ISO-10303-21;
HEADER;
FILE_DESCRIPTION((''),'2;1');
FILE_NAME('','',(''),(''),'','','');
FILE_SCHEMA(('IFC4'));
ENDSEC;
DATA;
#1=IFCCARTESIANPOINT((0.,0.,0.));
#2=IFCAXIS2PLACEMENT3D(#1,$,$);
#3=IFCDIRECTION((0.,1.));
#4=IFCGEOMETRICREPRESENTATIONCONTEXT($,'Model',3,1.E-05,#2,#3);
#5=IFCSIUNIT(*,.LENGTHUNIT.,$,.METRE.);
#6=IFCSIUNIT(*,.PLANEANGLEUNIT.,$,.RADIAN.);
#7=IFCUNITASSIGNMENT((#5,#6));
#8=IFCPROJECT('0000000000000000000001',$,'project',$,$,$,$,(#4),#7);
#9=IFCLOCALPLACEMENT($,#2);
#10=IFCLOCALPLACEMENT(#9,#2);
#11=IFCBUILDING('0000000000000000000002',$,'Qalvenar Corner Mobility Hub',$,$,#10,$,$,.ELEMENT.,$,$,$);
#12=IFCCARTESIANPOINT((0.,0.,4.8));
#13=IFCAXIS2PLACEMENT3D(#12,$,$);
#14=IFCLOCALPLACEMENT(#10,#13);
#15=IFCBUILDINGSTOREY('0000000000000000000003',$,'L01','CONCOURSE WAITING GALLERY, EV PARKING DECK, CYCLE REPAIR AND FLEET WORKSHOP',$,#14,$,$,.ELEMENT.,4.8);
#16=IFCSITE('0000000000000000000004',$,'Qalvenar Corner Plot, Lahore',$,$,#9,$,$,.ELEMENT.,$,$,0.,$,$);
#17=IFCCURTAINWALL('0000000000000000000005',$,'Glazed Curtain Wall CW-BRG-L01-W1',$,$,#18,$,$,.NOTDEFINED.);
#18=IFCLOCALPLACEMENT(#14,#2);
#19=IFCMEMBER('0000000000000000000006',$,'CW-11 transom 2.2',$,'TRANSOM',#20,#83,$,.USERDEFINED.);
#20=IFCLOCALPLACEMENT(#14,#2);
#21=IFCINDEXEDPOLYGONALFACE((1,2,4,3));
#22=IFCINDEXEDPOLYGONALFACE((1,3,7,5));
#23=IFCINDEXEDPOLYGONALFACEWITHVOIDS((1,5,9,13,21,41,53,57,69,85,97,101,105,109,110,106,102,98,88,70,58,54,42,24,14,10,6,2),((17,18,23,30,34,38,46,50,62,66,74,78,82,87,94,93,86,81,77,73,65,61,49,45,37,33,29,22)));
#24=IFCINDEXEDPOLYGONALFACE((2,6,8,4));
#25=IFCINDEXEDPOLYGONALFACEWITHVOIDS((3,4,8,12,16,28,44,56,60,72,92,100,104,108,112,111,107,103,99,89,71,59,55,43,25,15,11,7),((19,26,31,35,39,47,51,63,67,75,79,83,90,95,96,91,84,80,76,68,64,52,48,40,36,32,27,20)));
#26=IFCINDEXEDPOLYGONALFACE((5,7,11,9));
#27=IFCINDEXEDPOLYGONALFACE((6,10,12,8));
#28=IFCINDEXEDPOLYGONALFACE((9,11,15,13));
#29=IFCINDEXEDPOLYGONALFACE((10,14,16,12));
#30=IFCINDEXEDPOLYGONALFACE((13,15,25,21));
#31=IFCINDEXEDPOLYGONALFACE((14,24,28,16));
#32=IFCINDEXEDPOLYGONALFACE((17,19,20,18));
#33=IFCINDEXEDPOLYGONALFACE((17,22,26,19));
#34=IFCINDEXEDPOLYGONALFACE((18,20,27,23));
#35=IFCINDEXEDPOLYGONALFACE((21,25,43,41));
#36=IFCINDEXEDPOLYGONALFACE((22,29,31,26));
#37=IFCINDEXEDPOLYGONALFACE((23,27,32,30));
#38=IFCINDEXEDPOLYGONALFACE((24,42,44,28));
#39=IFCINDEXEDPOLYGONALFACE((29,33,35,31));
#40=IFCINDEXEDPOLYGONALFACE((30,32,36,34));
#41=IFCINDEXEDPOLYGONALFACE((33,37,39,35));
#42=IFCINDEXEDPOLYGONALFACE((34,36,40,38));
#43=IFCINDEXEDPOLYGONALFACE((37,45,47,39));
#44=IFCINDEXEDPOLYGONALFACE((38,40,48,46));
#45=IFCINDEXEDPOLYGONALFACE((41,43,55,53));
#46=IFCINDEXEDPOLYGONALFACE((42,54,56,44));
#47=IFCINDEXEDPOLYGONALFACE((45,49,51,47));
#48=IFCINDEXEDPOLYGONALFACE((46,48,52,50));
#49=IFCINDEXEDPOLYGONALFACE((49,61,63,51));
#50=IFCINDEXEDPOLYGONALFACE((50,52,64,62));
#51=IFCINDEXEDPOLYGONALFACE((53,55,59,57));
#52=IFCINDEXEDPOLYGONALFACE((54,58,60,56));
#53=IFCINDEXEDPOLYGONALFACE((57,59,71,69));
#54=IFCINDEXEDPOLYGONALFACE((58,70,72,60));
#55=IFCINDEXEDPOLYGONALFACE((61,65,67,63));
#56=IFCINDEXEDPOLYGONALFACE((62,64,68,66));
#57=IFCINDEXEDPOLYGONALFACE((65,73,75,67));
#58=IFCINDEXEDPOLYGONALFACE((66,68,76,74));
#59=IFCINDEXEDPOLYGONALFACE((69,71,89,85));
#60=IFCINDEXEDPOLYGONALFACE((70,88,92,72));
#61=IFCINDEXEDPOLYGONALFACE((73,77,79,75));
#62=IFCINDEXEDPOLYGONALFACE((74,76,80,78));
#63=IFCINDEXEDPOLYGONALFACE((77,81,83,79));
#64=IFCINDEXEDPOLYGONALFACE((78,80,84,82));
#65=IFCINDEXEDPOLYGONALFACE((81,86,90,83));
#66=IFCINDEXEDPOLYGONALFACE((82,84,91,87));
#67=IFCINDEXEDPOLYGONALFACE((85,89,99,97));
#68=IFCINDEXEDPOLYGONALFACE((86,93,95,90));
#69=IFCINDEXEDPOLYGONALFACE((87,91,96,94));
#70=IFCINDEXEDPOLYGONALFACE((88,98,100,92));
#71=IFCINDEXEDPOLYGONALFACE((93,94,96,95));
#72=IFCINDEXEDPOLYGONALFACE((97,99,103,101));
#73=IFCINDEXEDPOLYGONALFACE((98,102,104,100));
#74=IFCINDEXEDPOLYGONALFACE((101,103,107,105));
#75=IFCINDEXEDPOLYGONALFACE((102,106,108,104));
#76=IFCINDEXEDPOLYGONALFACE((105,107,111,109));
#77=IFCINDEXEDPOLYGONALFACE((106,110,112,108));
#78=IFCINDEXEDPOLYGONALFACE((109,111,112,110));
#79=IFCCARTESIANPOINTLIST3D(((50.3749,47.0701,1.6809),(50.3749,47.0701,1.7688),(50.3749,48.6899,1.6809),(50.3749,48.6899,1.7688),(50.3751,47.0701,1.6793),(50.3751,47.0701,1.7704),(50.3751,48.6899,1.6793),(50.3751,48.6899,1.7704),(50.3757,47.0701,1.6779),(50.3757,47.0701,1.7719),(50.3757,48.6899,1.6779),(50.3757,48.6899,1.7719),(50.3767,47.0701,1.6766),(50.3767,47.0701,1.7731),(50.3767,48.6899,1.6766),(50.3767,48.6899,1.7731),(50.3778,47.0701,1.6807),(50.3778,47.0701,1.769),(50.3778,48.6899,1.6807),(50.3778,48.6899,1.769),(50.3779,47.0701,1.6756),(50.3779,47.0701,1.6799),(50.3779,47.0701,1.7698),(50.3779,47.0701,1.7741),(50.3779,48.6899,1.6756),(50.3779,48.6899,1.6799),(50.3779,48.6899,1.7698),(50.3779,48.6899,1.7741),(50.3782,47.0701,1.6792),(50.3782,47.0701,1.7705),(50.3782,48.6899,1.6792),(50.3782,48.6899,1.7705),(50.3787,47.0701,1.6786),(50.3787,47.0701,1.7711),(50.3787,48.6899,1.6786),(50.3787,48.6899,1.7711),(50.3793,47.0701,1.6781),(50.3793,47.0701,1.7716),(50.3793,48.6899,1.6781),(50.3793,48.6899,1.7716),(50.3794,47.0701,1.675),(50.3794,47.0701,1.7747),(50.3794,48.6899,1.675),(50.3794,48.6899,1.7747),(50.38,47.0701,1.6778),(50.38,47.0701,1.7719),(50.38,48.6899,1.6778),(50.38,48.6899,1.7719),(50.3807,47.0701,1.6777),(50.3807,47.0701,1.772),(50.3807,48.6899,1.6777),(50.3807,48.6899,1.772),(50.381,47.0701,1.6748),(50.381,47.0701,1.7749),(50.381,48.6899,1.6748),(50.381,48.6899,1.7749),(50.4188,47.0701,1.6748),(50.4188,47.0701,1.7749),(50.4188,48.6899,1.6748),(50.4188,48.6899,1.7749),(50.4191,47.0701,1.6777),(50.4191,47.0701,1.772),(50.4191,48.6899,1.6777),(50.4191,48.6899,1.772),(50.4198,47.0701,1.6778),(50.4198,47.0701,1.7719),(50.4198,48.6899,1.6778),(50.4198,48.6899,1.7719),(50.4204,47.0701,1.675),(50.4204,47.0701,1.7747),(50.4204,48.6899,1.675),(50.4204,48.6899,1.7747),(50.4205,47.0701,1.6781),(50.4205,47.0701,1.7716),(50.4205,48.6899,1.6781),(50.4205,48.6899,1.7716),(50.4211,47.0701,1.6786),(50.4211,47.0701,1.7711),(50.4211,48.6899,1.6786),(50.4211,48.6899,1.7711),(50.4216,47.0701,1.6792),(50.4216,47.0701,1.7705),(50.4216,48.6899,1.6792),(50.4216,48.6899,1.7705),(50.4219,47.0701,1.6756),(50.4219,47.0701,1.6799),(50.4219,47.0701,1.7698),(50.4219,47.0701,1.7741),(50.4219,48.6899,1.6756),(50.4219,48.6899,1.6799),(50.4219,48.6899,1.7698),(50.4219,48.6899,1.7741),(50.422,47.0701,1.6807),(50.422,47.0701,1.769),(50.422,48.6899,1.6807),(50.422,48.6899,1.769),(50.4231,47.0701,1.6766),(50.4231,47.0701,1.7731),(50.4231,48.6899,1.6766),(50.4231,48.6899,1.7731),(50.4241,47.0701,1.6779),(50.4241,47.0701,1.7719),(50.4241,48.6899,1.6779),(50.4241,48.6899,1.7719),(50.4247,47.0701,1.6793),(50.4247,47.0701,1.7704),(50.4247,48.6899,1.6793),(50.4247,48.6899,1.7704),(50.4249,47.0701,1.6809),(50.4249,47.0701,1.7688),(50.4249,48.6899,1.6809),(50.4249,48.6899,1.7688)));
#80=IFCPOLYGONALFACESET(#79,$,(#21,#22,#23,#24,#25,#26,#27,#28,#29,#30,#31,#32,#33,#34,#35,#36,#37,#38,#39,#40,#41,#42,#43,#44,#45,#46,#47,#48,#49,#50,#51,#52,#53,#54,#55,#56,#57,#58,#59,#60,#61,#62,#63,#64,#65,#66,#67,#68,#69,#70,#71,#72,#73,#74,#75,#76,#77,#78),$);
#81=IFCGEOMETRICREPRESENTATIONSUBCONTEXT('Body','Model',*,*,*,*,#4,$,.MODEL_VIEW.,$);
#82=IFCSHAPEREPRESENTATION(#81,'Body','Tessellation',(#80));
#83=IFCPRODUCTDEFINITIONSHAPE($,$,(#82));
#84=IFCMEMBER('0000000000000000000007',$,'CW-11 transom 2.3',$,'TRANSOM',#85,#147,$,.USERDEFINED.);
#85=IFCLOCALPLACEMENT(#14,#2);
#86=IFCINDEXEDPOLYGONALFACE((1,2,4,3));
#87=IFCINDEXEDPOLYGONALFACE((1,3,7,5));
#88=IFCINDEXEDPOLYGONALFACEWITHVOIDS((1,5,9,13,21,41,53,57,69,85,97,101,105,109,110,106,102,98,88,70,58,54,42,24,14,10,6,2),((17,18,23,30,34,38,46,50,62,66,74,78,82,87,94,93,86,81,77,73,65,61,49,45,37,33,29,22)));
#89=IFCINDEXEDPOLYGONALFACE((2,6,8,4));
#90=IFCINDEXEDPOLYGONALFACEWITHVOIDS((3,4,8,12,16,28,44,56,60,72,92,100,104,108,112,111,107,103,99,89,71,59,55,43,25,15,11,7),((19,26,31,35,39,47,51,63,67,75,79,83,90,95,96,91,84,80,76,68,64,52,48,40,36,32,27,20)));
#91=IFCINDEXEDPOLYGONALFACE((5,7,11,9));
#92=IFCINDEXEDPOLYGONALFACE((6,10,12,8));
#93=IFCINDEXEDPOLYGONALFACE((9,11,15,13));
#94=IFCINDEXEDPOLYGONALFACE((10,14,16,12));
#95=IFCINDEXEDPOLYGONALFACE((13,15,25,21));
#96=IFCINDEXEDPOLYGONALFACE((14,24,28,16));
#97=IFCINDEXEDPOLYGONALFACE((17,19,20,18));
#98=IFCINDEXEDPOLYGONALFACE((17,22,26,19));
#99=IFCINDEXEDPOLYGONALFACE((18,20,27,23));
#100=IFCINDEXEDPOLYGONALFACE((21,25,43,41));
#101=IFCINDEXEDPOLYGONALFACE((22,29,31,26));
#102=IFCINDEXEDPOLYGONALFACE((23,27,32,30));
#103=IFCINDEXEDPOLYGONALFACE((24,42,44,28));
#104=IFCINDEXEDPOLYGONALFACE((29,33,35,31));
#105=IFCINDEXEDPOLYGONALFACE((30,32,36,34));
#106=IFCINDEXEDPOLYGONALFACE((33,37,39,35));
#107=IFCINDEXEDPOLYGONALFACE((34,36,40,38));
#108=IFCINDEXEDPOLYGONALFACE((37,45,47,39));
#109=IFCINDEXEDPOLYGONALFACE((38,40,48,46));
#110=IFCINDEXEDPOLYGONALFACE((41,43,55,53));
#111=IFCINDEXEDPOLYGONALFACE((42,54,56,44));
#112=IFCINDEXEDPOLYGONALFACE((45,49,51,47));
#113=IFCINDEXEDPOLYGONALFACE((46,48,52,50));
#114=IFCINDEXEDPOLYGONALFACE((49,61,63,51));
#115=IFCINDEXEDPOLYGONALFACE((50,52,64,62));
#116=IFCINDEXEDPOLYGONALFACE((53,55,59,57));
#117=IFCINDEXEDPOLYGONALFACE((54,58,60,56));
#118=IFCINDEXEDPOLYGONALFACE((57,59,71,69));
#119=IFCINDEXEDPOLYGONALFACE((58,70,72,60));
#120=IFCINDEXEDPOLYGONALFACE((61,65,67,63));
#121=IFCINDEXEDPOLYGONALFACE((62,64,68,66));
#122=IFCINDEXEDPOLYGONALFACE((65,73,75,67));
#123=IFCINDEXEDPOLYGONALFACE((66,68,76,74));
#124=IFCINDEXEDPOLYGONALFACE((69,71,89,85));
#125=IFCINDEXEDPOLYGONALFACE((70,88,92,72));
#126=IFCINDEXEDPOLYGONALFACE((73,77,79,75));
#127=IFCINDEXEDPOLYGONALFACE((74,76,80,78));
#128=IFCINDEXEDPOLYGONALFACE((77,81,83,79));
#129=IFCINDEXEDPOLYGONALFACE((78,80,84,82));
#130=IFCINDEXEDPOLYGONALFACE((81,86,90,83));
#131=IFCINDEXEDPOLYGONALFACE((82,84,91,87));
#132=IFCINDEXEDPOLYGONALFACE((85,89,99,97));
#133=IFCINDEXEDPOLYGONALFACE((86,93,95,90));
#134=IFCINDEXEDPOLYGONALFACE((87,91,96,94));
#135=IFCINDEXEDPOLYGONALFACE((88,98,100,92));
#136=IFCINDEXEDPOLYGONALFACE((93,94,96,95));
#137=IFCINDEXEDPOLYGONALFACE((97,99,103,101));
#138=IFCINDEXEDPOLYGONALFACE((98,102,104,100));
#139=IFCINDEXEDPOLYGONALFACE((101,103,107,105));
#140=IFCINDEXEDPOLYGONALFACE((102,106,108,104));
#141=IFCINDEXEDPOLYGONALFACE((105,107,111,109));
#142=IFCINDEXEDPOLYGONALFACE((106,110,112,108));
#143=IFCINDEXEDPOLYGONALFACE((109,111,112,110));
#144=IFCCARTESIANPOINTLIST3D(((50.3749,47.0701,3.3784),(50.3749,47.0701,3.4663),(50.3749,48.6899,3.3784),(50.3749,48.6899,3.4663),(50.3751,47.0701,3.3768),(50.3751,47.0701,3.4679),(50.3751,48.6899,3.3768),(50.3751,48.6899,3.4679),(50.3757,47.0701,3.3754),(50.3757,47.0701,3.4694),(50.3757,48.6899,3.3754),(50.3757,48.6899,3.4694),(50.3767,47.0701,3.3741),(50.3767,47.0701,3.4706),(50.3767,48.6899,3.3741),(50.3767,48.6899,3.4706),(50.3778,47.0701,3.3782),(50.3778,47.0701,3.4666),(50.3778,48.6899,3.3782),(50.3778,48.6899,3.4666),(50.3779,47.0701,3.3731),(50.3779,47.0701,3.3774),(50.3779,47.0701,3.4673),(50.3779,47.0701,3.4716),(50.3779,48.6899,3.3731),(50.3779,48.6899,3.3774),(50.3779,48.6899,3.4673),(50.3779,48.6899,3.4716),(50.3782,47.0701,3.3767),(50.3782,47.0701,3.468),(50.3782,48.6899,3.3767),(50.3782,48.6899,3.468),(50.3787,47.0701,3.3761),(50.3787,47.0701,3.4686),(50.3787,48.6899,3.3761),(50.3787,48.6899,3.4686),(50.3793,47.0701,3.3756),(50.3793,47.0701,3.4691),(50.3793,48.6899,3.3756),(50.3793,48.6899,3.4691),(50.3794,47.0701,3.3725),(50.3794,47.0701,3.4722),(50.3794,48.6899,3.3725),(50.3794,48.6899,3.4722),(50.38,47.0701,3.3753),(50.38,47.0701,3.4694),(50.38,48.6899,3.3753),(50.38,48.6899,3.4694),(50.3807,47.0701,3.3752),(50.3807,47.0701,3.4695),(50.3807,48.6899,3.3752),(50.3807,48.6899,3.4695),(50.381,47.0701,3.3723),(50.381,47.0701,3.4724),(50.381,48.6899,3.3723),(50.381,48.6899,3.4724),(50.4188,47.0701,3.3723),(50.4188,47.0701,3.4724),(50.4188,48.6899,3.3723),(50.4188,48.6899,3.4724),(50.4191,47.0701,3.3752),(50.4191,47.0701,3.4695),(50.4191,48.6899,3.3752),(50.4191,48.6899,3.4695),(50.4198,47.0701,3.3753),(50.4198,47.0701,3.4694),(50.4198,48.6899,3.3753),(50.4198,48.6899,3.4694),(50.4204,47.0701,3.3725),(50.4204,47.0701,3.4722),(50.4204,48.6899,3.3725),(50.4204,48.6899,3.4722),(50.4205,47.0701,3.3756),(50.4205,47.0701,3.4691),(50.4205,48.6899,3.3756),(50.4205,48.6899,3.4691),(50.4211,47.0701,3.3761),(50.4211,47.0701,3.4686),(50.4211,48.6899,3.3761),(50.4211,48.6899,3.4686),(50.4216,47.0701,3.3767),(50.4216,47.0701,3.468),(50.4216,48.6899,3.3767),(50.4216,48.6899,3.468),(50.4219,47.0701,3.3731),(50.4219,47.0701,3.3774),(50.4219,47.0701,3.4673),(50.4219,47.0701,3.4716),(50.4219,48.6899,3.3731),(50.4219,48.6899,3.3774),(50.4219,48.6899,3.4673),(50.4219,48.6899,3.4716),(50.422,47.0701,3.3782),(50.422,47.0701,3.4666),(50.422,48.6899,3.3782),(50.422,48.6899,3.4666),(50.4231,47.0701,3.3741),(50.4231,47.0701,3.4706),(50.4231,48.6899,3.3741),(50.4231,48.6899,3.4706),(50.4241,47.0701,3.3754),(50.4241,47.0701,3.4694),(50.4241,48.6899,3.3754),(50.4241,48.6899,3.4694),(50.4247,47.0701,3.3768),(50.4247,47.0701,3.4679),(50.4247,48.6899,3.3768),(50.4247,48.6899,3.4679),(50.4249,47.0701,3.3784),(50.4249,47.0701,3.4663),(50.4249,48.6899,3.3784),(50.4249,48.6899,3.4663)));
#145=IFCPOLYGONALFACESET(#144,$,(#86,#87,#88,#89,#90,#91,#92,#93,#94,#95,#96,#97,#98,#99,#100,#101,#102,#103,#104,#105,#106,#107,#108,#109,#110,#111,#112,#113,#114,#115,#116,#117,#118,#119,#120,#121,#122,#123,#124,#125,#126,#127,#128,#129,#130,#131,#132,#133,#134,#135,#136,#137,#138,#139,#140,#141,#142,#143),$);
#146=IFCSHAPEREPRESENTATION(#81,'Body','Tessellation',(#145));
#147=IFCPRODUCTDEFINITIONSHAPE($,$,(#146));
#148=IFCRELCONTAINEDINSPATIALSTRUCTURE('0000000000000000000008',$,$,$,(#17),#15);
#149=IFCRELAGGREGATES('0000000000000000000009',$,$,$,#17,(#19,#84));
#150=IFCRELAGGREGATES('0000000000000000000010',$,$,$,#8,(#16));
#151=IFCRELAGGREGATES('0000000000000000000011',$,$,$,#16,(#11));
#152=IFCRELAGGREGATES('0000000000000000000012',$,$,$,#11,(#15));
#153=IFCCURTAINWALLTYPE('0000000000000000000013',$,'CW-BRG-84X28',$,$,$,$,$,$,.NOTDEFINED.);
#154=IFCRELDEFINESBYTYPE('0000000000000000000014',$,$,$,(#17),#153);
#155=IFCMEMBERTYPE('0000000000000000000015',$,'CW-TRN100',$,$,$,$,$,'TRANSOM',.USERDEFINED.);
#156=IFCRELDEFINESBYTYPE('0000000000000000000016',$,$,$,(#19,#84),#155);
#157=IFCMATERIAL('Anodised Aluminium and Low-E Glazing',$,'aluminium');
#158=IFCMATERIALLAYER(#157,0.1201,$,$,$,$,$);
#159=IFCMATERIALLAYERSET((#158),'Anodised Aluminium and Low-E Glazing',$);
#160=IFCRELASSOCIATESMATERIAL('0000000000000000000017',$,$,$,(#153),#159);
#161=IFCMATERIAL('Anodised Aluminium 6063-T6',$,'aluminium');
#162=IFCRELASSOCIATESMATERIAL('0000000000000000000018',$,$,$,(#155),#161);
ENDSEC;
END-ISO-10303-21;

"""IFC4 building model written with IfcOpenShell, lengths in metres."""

from ifc_helpers import new_model, si_unit, direction, frame, origin, origin_2d, place, context, subcontext, project, spatial, hollow_rectangle, extrude, material, layer, layer_set, material_profile, profile_set, type_object, element, aggregate, save


model = new_model("IFC4")

# Units and contexts
model_context = context("Model", 3, precision=1e-05, world=origin(), true_north=direction((0.0, 1.0)))
body_context = subcontext(model_context, "Body", "Model", "MODEL_VIEW")
ifc_project = project(units=[si_unit("LENGTHUNIT", "METRE"), si_unit("PLANEANGLEUNIT", "RADIAN")], contexts=[model_context])

# Site, building, storey
site_placement = place(None, origin())
site = spatial("IfcSite", under=ifc_project, at=site_placement, Name="Qalvenar Corner Plot, Lahore", CompositionType="ELEMENT", RefElevation=0.0)
building_placement = place(site_placement, origin())
building = spatial("IfcBuilding", under=site, at=building_placement, Name="Qalvenar Corner Mobility Hub", CompositionType="ELEMENT")
storey_placement = place(building_placement, frame((0.0, 0.0, 4.8)))
storey = spatial("IfcBuildingStorey", under=building, at=storey_placement, Name="L01", Description="CONCOURSE WAITING GALLERY, EV PARKING DECK, CYCLE REPAIR AND FLEET WORKSHOP", CompositionType="ELEMENT", Elevation=4.8)

# Curtain wall, members
ifc_material_1 = material(Name="Anodised Aluminium and Low-E Glazing", Category="aluminium")
ifc_layer_1 = layer(ifc_material_1, 0.1201)
ifc_layer_set_1 = layer_set([ifc_layer_1], Name="Anodised Aluminium and Low-E Glazing")
curtain_wall_type = type_object("IfcCurtainWallType", Name="CW-BRG-84X28", PredefinedType="NOTDEFINED", material=ifc_layer_set_1)
curtain_wall_placement = place(storey_placement, origin())
curtain_wall = element("IfcCurtainWall", 1, at=curtain_wall_placement, inside=storey, type_object=curtain_wall_type, Name="Glazed Curtain Wall CW-BRG-L01-W1", PredefinedType="NOTDEFINED")
ifc_material_2 = material(Name="Anodised Aluminium 6063-T6", Category="aluminium")
ifc_material_profile_1 = material_profile(ifc_material_2, hollow_rectangle(XDim=0.05, YDim=0.1001, WallThickness=0.0029, InnerFilletRadius=0.0029, OuterFilletRadius=0.0061, at=origin_2d()), Name="RHS100x50x3")
ifc_profile_set_1 = profile_set([ifc_material_profile_1], Name="Anodised Aluminium 6063-T6")
member_type_1 = type_object("IfcMemberType", Name="CW-TRN100", ElementType="TRANSOM", PredefinedType="USERDEFINED", material=ifc_profile_set_1)
member_1_placement = place(storey_placement, frame((50.3999, 48.6899, 1.7249), z_axis=(0.0, -1.0, 0.0), x_axis=(1.0, 0.0, 0.0)))
member_1 = element("IfcMember", 2, at=member_1_placement, type_object=member_type_1, Name="CW-11 transom 2.2", ObjectType="TRANSOM", PredefinedType="USERDEFINED", context=body_context, shape_type="SweptSolid", body=[
    extrude(hollow_rectangle(XDim=0.05, YDim=0.1001, WallThickness=0.0029, InnerFilletRadius=0.0029, OuterFilletRadius=0.0061, at=origin_2d()), origin(), (0.0, 0.0, 1.0), 1.6199),
])
member_2_placement = place(storey_placement, frame((50.3999, 48.6899, 3.4224), z_axis=(0.0, -1.0, 0.0), x_axis=(1.0, 0.0, 0.0)))
member_2 = element("IfcMember", 3, at=member_2_placement, type_object=member_type_1, Name="CW-11 transom 2.3", ObjectType="TRANSOM", PredefinedType="USERDEFINED", context=body_context, shape_type="SweptSolid", body=[
    extrude(hollow_rectangle(XDim=0.05, YDim=0.1001, WallThickness=0.0029, InnerFilletRadius=0.0029, OuterFilletRadius=0.0061, at=origin_2d()), origin(), (0.0, 0.0, 1.0), 1.6199),
])
aggregate(curtain_wall, [member_1, member_2])

save(model, "model.ifc")
